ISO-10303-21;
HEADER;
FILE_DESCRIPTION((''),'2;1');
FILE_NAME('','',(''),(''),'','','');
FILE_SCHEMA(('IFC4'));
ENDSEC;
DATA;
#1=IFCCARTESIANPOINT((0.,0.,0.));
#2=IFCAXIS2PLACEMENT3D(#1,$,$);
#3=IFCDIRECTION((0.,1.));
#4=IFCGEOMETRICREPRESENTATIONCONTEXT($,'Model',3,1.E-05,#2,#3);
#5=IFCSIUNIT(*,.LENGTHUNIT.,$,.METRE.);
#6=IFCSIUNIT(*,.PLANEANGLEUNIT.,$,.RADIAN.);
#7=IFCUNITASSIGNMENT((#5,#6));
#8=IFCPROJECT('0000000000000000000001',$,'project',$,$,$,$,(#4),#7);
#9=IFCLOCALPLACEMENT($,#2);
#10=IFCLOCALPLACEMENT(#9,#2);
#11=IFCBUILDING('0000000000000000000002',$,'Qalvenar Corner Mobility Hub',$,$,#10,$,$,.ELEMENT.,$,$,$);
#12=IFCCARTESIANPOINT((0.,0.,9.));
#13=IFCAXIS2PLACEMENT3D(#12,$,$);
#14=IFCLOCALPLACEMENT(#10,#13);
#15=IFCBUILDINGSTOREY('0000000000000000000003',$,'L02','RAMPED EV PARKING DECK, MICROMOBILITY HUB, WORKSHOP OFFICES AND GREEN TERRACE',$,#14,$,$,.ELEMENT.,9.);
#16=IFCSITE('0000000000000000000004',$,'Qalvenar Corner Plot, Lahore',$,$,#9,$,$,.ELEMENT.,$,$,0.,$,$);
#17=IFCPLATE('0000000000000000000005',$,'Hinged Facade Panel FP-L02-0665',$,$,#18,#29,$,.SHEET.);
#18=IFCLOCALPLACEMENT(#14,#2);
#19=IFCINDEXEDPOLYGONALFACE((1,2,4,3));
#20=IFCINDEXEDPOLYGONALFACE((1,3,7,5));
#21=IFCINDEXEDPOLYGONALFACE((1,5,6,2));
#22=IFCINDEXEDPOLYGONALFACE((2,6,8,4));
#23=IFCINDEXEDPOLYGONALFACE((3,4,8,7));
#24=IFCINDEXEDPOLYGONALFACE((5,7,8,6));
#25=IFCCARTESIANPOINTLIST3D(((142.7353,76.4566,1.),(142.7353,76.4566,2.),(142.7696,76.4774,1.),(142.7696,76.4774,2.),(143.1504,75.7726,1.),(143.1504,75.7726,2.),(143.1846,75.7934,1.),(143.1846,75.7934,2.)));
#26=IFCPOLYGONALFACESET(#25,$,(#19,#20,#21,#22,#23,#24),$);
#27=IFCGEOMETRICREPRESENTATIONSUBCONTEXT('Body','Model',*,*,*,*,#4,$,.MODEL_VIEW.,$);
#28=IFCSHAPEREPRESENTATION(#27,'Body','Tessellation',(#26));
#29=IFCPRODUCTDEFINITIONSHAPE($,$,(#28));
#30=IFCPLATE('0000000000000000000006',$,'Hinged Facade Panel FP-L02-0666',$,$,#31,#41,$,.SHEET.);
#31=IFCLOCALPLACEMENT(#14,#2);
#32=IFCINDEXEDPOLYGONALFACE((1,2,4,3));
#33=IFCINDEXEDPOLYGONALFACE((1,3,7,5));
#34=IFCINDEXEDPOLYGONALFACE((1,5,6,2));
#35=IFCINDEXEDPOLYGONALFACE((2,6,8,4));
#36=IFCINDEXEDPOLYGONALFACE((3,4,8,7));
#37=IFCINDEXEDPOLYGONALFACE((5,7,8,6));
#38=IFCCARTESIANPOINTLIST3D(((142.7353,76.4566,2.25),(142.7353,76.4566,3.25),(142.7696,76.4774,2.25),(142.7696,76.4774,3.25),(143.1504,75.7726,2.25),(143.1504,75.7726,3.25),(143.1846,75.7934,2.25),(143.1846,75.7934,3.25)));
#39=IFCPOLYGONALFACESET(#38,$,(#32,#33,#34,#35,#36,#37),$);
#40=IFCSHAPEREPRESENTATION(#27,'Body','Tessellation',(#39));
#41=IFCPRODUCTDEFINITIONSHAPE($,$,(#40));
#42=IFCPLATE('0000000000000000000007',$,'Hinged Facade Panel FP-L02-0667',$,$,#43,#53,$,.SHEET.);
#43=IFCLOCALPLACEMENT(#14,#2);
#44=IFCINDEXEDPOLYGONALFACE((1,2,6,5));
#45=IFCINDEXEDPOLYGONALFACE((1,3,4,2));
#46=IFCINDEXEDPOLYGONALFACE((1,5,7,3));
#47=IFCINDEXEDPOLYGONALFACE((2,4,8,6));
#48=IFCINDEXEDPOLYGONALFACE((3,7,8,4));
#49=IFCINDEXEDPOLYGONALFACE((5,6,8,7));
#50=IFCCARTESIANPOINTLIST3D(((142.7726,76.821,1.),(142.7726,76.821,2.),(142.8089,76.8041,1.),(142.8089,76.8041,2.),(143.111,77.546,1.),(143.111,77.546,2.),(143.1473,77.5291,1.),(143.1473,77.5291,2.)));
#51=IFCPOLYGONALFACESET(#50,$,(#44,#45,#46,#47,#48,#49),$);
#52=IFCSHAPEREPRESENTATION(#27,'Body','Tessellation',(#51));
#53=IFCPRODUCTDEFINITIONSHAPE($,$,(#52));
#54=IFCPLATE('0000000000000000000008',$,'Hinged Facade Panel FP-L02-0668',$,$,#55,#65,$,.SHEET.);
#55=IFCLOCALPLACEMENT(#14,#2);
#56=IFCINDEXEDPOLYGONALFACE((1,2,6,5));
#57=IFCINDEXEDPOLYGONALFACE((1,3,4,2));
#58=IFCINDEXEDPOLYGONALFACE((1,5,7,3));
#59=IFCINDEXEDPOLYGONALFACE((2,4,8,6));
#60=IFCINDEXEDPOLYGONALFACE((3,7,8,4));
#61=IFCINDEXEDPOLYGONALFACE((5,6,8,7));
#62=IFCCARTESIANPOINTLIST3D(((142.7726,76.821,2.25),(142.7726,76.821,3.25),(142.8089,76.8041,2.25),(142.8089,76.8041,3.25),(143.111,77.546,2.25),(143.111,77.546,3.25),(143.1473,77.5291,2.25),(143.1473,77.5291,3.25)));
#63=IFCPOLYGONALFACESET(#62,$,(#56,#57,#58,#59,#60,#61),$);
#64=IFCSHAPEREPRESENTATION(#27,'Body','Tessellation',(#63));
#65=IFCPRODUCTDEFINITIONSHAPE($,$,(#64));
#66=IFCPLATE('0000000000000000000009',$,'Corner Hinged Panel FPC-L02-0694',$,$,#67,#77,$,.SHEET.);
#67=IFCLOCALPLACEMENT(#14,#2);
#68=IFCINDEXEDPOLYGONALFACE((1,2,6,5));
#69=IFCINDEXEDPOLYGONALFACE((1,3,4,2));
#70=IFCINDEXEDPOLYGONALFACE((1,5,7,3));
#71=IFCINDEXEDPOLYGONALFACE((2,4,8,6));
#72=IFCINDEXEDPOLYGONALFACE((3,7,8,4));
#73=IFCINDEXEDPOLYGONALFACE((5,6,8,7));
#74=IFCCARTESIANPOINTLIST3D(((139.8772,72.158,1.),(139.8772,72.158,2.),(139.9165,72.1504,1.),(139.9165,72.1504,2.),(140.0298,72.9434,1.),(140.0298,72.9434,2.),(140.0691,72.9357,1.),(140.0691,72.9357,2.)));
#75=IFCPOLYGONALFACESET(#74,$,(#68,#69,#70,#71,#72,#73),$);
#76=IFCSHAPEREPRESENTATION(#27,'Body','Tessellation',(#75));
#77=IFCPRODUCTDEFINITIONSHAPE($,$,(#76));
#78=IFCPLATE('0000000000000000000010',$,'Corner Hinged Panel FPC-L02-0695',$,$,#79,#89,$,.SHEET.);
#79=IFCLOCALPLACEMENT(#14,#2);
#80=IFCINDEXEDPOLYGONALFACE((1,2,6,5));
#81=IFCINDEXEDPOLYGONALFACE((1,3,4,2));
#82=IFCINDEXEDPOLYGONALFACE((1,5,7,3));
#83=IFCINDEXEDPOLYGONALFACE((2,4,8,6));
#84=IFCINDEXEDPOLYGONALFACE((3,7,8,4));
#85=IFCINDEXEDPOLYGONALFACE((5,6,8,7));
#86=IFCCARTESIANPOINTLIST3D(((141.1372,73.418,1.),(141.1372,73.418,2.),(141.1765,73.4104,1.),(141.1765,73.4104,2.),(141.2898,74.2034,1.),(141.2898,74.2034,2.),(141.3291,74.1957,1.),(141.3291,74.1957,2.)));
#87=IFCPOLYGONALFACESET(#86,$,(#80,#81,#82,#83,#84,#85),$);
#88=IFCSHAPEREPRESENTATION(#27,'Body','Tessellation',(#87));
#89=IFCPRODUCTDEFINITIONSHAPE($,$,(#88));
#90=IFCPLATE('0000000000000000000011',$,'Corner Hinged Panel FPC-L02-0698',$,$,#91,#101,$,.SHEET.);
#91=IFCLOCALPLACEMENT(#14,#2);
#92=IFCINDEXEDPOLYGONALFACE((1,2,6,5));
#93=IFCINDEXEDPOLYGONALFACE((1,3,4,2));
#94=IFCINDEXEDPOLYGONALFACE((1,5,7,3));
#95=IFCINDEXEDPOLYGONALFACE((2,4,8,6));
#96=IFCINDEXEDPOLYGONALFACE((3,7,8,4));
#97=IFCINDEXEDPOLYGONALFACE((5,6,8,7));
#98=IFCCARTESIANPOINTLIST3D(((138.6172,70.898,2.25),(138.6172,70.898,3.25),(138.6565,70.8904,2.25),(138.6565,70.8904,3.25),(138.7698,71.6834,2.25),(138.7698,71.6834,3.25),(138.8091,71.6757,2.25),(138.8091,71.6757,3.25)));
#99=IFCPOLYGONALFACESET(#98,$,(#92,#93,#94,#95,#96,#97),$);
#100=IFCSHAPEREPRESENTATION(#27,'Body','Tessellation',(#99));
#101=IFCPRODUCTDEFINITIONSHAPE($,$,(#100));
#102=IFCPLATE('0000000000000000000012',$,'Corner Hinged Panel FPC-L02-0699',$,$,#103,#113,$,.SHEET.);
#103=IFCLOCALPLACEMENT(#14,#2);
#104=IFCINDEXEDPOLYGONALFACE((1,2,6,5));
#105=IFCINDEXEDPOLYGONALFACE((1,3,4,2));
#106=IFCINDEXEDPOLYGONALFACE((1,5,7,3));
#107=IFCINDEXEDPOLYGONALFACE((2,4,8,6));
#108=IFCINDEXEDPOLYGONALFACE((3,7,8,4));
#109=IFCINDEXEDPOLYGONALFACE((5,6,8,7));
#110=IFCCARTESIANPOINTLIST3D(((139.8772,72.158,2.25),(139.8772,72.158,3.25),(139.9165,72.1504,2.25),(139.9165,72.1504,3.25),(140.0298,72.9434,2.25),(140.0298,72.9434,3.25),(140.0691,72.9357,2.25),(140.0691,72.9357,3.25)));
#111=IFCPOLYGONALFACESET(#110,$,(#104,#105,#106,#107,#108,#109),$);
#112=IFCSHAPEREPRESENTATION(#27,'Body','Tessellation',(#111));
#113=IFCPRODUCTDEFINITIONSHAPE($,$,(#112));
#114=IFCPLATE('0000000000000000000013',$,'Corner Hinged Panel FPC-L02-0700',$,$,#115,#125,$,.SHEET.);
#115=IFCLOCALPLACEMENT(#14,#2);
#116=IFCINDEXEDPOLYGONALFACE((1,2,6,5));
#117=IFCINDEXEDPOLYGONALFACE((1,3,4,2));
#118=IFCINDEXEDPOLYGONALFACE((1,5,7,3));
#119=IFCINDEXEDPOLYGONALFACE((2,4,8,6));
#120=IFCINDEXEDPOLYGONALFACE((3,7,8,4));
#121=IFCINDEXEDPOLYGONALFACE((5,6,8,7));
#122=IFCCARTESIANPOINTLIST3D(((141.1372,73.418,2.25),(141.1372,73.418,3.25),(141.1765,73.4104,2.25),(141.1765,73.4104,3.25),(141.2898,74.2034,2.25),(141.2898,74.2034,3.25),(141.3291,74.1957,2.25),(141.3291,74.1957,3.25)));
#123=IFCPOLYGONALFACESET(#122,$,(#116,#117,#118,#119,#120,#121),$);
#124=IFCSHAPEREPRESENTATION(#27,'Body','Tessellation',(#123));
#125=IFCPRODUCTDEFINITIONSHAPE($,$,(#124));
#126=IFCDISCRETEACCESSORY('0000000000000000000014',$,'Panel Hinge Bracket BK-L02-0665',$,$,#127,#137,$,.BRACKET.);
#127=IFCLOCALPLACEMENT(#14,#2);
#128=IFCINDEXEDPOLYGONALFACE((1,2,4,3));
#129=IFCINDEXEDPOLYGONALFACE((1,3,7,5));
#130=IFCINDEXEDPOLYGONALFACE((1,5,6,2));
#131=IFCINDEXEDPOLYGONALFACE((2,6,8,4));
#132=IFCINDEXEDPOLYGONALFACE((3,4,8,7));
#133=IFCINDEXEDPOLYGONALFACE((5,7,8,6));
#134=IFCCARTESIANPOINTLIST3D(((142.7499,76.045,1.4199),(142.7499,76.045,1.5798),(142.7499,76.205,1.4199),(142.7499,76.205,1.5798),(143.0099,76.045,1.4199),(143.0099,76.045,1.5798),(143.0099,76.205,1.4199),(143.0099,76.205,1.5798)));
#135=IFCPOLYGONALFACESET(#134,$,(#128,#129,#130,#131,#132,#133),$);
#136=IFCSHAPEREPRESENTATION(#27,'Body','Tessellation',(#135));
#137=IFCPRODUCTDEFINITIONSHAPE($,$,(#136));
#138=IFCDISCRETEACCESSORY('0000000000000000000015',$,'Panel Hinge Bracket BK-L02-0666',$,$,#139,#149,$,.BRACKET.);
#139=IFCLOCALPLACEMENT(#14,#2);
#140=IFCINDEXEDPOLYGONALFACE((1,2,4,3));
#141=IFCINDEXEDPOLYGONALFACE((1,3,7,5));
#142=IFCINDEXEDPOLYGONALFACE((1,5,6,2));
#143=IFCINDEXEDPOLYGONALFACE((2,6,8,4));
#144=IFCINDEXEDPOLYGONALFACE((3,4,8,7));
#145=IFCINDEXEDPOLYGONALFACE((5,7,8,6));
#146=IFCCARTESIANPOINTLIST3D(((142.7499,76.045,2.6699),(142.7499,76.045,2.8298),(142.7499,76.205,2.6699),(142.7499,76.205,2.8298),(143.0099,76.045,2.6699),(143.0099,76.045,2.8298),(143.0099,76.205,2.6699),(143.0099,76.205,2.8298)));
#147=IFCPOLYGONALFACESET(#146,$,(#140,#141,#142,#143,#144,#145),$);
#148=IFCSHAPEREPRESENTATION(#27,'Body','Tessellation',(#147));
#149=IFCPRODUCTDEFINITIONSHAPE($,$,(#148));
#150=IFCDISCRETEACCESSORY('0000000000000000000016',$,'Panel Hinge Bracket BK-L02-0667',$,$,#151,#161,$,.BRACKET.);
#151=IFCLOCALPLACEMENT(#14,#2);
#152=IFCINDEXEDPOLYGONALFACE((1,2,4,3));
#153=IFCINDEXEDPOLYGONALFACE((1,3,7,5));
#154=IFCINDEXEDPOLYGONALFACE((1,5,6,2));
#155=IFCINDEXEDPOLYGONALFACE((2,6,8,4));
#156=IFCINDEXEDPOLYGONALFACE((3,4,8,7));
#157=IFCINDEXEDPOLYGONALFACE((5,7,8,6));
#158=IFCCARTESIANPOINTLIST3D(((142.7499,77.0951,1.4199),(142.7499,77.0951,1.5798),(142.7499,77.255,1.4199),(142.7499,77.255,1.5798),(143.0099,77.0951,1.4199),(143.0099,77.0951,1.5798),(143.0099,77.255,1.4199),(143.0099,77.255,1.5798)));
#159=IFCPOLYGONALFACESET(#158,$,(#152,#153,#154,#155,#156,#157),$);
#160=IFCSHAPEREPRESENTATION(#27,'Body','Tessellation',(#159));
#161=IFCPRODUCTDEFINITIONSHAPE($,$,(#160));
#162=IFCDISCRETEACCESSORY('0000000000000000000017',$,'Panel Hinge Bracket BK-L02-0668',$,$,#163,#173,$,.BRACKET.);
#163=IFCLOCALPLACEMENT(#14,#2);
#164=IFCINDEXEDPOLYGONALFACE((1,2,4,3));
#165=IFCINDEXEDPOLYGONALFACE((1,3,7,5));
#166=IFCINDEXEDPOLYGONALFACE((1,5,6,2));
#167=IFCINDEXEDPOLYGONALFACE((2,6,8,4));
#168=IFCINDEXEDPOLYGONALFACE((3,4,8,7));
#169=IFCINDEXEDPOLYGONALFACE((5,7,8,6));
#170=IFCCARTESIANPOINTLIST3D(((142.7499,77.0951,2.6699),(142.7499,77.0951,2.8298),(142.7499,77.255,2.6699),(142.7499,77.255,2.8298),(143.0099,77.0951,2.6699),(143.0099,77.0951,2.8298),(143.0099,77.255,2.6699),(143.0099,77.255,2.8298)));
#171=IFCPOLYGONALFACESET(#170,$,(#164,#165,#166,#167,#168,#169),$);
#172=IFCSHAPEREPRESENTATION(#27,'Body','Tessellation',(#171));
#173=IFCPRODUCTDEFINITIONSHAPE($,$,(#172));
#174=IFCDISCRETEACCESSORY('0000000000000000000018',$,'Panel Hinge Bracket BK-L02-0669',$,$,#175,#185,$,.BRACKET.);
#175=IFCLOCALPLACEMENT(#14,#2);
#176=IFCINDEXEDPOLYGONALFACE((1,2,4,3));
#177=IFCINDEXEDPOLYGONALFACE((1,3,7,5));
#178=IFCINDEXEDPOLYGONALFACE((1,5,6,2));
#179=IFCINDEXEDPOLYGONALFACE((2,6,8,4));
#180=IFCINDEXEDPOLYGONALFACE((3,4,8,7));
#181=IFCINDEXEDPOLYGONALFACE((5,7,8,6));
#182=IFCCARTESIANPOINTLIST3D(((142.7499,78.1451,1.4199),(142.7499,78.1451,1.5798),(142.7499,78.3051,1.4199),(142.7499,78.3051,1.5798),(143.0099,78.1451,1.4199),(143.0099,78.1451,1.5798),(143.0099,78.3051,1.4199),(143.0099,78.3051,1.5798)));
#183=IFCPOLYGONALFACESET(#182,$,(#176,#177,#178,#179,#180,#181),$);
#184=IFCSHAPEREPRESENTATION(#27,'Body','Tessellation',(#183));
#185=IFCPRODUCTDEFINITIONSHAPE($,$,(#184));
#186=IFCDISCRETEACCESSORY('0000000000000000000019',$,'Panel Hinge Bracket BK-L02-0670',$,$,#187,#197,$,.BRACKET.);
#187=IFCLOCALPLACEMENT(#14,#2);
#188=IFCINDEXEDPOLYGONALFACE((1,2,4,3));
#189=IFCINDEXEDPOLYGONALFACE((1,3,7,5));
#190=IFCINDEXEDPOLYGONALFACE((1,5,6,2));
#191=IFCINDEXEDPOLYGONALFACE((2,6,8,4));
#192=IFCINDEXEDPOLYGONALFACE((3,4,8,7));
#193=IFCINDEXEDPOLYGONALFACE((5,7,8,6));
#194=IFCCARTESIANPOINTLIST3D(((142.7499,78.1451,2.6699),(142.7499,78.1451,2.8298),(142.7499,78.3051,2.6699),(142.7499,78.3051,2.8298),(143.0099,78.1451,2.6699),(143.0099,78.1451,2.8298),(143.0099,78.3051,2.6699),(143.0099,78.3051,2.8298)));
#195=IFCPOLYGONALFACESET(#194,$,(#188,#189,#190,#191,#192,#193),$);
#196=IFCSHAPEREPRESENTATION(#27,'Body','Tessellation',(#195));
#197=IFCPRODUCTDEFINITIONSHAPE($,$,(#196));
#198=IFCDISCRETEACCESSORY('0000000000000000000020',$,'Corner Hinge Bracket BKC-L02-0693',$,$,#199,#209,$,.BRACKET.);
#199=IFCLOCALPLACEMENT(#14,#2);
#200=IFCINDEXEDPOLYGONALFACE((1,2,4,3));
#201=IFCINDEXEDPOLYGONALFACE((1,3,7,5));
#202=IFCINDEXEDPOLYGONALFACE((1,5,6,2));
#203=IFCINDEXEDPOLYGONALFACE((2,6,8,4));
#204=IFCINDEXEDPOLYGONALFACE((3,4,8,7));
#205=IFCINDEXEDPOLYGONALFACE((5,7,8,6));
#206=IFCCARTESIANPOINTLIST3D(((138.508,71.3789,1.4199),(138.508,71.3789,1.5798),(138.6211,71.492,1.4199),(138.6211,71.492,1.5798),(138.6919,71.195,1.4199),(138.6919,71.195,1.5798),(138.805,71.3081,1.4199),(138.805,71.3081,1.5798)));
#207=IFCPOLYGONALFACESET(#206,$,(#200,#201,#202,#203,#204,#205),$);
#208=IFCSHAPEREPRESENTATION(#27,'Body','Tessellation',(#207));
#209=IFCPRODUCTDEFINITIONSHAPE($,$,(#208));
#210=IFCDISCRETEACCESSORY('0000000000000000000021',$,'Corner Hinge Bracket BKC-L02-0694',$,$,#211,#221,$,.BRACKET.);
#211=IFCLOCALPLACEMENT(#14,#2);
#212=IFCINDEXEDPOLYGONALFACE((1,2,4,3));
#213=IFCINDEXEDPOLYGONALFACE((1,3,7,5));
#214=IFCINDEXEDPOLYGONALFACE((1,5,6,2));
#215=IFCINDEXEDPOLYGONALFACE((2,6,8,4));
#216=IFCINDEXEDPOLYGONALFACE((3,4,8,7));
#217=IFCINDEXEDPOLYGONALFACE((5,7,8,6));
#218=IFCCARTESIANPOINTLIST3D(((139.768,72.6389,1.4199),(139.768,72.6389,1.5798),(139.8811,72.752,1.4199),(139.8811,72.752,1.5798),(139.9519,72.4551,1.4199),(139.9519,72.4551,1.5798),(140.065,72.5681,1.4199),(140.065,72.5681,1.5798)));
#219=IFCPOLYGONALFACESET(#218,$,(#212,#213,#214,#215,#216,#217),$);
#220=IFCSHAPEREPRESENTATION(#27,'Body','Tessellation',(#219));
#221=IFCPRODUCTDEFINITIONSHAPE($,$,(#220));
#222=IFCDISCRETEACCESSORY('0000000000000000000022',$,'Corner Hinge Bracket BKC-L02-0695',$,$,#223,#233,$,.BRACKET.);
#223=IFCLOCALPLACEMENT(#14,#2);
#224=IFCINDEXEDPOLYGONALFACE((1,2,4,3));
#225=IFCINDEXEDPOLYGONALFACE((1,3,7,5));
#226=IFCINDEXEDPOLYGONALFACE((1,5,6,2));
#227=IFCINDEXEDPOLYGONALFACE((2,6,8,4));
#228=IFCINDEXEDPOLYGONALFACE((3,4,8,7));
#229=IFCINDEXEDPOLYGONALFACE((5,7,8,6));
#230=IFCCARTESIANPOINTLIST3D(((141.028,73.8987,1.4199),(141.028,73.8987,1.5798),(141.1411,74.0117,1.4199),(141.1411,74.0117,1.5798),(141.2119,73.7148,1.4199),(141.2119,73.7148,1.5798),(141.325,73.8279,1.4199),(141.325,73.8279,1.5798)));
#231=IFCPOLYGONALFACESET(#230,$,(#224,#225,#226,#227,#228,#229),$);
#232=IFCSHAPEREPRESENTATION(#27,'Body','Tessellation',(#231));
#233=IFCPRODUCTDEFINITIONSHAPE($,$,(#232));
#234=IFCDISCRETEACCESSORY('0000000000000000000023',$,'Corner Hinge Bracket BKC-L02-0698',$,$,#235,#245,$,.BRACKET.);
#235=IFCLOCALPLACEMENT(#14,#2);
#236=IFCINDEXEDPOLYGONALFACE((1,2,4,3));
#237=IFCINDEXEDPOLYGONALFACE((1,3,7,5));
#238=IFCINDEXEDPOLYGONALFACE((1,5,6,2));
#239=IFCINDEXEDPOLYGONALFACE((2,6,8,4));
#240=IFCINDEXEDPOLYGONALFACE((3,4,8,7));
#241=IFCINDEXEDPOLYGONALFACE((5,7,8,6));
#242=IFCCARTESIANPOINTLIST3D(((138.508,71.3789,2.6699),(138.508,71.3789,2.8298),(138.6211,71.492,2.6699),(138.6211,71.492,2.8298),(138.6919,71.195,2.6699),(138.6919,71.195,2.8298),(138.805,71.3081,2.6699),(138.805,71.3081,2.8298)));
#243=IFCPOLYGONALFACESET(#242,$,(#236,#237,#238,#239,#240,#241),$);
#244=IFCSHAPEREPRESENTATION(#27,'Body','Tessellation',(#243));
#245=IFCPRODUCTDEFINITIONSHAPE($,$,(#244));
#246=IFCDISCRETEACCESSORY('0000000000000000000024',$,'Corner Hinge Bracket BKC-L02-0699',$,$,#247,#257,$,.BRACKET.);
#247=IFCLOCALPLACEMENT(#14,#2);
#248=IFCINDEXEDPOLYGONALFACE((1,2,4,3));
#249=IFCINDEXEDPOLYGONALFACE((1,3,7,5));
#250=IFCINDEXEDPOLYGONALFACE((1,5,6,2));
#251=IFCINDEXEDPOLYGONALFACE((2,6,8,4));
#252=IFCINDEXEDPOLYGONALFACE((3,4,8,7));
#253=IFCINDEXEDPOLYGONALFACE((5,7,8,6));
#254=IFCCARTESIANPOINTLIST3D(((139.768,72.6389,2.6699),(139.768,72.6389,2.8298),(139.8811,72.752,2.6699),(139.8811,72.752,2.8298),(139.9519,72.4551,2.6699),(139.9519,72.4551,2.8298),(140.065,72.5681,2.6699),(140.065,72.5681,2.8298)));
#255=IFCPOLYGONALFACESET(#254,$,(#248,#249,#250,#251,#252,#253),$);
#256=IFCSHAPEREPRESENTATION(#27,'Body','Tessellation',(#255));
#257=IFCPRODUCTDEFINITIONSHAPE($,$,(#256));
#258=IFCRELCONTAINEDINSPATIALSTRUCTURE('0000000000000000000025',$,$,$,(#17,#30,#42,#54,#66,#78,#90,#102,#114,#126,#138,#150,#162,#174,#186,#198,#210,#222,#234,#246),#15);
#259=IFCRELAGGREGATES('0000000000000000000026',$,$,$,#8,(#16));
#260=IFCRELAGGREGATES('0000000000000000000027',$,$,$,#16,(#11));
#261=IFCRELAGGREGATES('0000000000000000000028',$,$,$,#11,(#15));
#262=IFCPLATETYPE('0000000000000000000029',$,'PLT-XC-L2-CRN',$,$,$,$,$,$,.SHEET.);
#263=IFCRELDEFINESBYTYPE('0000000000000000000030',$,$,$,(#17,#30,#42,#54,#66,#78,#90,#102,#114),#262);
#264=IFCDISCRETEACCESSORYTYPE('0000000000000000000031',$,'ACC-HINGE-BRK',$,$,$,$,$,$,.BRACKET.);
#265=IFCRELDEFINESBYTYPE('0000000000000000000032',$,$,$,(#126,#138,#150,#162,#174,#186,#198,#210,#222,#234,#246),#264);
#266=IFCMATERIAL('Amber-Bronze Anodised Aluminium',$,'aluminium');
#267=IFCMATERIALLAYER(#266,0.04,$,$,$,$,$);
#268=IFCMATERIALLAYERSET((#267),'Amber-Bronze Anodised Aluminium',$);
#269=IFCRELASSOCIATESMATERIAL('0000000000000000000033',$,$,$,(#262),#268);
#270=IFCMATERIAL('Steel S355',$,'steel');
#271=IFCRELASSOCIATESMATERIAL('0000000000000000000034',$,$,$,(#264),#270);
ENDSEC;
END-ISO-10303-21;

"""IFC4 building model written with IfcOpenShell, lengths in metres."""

from ifc_helpers import new_model, si_unit, direction, frame, origin, origin_2d, place, context, subcontext, project, spatial, rectangle, extrude, material, layer, layer_set, type_object, element, save


model = new_model("IFC4")

# Units and contexts
model_context = context("Model", 3, precision=1e-05, world=origin(), true_north=direction((0.0, 1.0)))
body_context = subcontext(model_context, "Body", "Model", "MODEL_VIEW")
ifc_project = project(units=[si_unit("LENGTHUNIT", "METRE"), si_unit("PLANEANGLEUNIT", "RADIAN")], contexts=[model_context])

# Site, building, storey
site_placement = place(None, origin())
site = spatial("IfcSite", under=ifc_project, at=site_placement, Name="Qalvenar Corner Plot, Lahore", CompositionType="ELEMENT", RefElevation=0.0)
building_placement = place(site_placement, origin())
building = spatial("IfcBuilding", under=site, at=building_placement, Name="Qalvenar Corner Mobility Hub", CompositionType="ELEMENT")
storey_placement = place(building_placement, frame((0.0, 0.0, 9.0)))
storey = spatial("IfcBuildingStorey", under=building, at=storey_placement, Name="L02", Description="RAMPED EV PARKING DECK, MICROMOBILITY HUB, WORKSHOP OFFICES AND GREEN TERRACE", CompositionType="ELEMENT", Elevation=9.0)

# Shared definitions
ifc_material_1 = material(Name="Steel S355", Category="steel")

# Plates
ifc_material_2 = material(Name="Amber-Bronze Anodised Aluminium", Category="aluminium")
ifc_layer = layer(ifc_material_2, 0.04)
ifc_layer_set = layer_set([ifc_layer], Name="Amber-Bronze Anodised Aluminium")
plate_type = type_object("IfcPlateType", Name="PLT-XC-L2-CRN", PredefinedType="SHEET", material=ifc_layer_set)
for number, where, z_axis, x_axis, name in (
    (1, (142.96, 76.125, 1.0), (0.0, 0.0, 1.0), (-0.518773, 0.854912, 0.0), "Hinged Facade Panel FP-L02-0665"),
    (2, (142.96, 76.125, 2.25), (0.0, 0.0, 1.0), (-0.518773, 0.854912, 0.0), "Hinged Facade Panel FP-L02-0666"),
    (3, (142.96, 77.175, 1.0), (0.0, 0.0, 1.0), (0.422935, 0.90616, 0.0), "Hinged Facade Panel FP-L02-0667"),
    (4, (142.96, 77.175, 2.25), (0.0, 0.0, 1.0), (0.422935, 0.90616, 0.0), "Hinged Facade Panel FP-L02-0668"),
    (5, (139.9731, 72.5469, 1.0), (0.0, 0.0, 1.0), (0.190809, 0.981627, 0.0), "Corner Hinged Panel FPC-L02-0694"),
    (6, (141.2332, 73.8069, 1.0), (0.0, 0.0, 1.0), (0.190809, 0.981627, 0.0), "Corner Hinged Panel FPC-L02-0695"),
    (7, (138.7131, 71.2869, 2.25), (0.0, 0.0, 1.0), (0.190809, 0.981627, 0.0), "Corner Hinged Panel FPC-L02-0698"),
    (8, (139.9731, 72.5469, 2.25), (0.0, 0.0, 1.0), (0.190809, 0.981627, 0.0), "Corner Hinged Panel FPC-L02-0699"),
    (9, (141.2332, 73.8069, 2.25), (0.0, 0.0, 1.0), (0.190809, 0.981627, 0.0), "Corner Hinged Panel FPC-L02-0700"),
):
    element("IfcPlate", number, at=place(storey_placement, frame(where, z_axis=z_axis, x_axis=x_axis)), inside=storey, type_object=plate_type, Name=name, PredefinedType="SHEET", context=body_context, shape_type="SweptSolid", body=[
        extrude(rectangle(XDim=0.8, YDim=0.04, at=origin_2d()), origin(), (0.0, 0.0, 1.0), 1.0),
    ])

# Discrete accessories
discrete_accessory_type = type_object("IfcDiscreteAccessoryType", Name="ACC-HINGE-BRK", PredefinedType="BRACKET", material=ifc_material_1)
for number, where, z_axis, x_axis, name in (
    (10, (142.8799, 76.125, 1.4199), (0.0, 0.0, 1.0), (0.0, 1.0, 0.0), "Panel Hinge Bracket BK-L02-0665"),
    (11, (142.8799, 76.125, 2.6699), (0.0, 0.0, 1.0), (0.0, 1.0, 0.0), "Panel Hinge Bracket BK-L02-0666"),
    (12, (142.8799, 77.175, 1.4199), (0.0, 0.0, 1.0), (0.0, 1.0, 0.0), "Panel Hinge Bracket BK-L02-0667"),
    (13, (142.8799, 77.175, 2.6699), (0.0, 0.0, 1.0), (0.0, 1.0, 0.0), "Panel Hinge Bracket BK-L02-0668"),
    (14, (142.8799, 78.2251, 1.4199), (0.0, 0.0, 1.0), (0.0, 1.0, 0.0), "Panel Hinge Bracket BK-L02-0669"),
    (15, (142.8799, 78.2251, 2.6699), (0.0, 0.0, 1.0), (0.0, 1.0, 0.0), "Panel Hinge Bracket BK-L02-0670"),
    (16, (138.6565, 71.3435, 1.4199), (0.0, 0.0, 1.0), (0.707107, 0.707107, 0.0), "Corner Hinge Bracket BKC-L02-0693"),
    (17, (139.9165, 72.6035, 1.4199), (0.0, 0.0, 1.0), (0.707107, 0.707107, 0.0), "Corner Hinge Bracket BKC-L02-0694"),
    (18, (141.1765, 73.8633, 1.4199), (0.0, 0.0, 1.0), (0.707107, 0.707107, 0.0), "Corner Hinge Bracket BKC-L02-0695"),
    (19, (138.6565, 71.3435, 2.6699), (0.0, 0.0, 1.0), (0.707107, 0.707107, 0.0), "Corner Hinge Bracket BKC-L02-0698"),
    (20, (139.9165, 72.6035, 2.6699), (0.0, 0.0, 1.0), (0.707107, 0.707107, 0.0), "Corner Hinge Bracket BKC-L02-0699"),
):
    element("IfcDiscreteAccessory", number, at=place(storey_placement, frame(where, z_axis=z_axis, x_axis=x_axis)), inside=storey, type_object=discrete_accessory_type, Name=name, PredefinedType="BRACKET", context=body_context, shape_type="SweptSolid", body=[
        extrude(rectangle(XDim=0.1599, YDim=0.26, at=origin_2d()), origin(), (0.0, 0.0, 1.0), 0.1599),
    ])

save(model, "model.ifc")
